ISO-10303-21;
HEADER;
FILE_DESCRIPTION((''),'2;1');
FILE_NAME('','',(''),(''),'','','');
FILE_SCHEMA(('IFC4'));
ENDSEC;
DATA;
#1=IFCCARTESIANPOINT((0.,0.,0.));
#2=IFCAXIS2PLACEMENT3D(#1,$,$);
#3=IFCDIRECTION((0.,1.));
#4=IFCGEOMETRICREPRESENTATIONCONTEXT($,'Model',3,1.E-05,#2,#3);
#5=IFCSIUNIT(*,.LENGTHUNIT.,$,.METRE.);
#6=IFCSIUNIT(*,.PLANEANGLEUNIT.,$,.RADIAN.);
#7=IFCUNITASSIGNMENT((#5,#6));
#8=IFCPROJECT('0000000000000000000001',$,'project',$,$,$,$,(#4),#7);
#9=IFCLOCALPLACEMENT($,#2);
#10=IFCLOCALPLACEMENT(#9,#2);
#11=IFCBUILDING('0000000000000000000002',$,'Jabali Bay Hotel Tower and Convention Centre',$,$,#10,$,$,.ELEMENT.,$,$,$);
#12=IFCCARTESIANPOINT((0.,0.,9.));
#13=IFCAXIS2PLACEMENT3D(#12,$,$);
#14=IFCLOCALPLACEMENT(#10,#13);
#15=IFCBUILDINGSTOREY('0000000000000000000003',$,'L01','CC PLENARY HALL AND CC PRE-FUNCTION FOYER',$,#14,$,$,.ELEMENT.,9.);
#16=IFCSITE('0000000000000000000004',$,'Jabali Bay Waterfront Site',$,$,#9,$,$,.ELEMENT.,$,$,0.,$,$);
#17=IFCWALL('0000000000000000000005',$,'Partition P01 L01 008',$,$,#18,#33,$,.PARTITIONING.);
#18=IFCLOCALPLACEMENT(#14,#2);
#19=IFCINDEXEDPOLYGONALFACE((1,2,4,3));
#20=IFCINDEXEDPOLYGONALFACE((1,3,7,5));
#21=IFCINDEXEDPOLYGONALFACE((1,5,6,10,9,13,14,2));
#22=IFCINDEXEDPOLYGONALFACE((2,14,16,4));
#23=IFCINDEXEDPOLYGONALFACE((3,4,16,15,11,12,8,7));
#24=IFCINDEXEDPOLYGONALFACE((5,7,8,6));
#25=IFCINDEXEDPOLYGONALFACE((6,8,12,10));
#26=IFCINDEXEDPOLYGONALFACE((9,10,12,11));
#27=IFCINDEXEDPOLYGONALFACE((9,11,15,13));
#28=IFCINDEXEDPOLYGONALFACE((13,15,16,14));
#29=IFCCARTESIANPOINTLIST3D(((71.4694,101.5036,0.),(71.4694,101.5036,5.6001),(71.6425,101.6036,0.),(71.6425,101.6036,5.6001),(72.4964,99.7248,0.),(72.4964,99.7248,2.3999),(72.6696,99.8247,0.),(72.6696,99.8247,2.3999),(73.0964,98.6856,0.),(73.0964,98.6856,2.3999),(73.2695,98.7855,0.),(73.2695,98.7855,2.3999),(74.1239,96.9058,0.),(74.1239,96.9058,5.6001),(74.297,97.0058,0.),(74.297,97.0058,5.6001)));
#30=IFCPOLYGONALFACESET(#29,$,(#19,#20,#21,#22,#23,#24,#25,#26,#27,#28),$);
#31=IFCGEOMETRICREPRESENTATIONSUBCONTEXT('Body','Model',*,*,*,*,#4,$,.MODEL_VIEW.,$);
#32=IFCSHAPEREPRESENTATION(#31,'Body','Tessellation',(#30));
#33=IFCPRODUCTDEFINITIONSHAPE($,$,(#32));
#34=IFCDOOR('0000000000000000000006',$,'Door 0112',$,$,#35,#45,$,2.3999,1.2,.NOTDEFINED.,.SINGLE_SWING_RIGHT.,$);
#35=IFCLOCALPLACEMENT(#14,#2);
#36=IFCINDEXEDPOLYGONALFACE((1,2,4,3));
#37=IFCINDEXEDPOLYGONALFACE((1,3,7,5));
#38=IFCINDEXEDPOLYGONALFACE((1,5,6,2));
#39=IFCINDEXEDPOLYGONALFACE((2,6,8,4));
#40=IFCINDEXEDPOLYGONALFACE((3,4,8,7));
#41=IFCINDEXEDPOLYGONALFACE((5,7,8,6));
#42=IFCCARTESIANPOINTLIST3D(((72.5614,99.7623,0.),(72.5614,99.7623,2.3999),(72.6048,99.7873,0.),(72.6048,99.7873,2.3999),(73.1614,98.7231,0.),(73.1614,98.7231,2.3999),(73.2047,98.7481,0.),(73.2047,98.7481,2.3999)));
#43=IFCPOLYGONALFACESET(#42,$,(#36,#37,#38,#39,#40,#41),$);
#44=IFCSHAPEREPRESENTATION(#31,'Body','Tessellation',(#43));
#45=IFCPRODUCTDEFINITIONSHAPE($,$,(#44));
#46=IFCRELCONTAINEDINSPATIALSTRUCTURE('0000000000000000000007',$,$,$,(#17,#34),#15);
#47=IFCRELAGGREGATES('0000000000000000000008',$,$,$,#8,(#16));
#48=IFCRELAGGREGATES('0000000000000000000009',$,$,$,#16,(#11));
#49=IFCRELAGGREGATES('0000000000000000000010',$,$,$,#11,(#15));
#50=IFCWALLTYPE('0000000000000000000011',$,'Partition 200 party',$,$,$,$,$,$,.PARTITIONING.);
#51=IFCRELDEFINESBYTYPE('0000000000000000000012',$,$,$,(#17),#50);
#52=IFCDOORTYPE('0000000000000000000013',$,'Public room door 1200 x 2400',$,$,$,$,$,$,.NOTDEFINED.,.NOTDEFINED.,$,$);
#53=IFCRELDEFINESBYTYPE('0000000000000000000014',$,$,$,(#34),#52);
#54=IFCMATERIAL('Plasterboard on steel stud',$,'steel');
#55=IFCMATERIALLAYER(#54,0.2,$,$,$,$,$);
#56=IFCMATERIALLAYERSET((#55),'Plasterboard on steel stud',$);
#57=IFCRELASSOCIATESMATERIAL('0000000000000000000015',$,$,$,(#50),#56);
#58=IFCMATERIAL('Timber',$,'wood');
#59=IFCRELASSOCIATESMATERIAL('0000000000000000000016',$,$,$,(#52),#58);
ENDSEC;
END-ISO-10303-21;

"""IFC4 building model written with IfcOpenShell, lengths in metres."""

from ifc_helpers import new_model, si_unit, direction, frame, frame_2d, origin, place, context, subcontext, project, spatial, rectangle, extrude, material, layer, layer_set, type_object, element, fill, save


model = new_model("IFC4")

# Units and contexts
model_context = context("Model", 3, precision=1e-05, world=origin(), true_north=direction((0.0, 1.0)))
body_context = subcontext(model_context, "Body", "Model", "MODEL_VIEW")
ifc_project = project(units=[si_unit("LENGTHUNIT", "METRE"), si_unit("PLANEANGLEUNIT", "RADIAN")], contexts=[model_context])

# Site, building, storey
site_placement = place(None, origin())
site = spatial("IfcSite", under=ifc_project, at=site_placement, Name="Jabali Bay Waterfront Site", CompositionType="ELEMENT", RefElevation=0.0)
building_placement = place(site_placement, origin())
building = spatial("IfcBuilding", under=site, at=building_placement, Name="Jabali Bay Hotel Tower and Convention Centre", CompositionType="ELEMENT")
storey_placement = place(building_placement, frame((0.0, 0.0, 9.0)))
storey = spatial("IfcBuildingStorey", under=building, at=storey_placement, Name="L01", Description="CC PLENARY HALL AND CC PRE-FUNCTION FOYER", CompositionType="ELEMENT", Elevation=9.0)

# Shared definitions
ifc_material_1 = material(Name="Plasterboard on steel stud", Category="steel")

# Shared definitions
ifc_material_2 = material(Name="Timber", Category="wood")

# Wall, opening, door
ifc_layer_1 = layer(ifc_material_1, 0.2)
ifc_layer_set_1 = layer_set([ifc_layer_1], Name="Plasterboard on steel stud")
wall_type_1 = type_object("IfcWallType", Name="Partition 200 party", PredefinedType="PARTITIONING", material=ifc_layer_set_1)
wall_1_placement = place(storey_placement, frame((74.2104, 96.9558, 0.0), z_axis=(0.0, 0.0, 1.0), x_axis=(-0.499992, 0.86603, 0.0)))
wall_1 = element("IfcWall", 1, at=wall_1_placement, inside=storey, type_object=wall_type_1, Name="Partition P01 L01 008", PredefinedType="PARTITIONING", context=body_context, shape_type="SweptSolid", body=[
    extrude(rectangle(XDim=5.3091, YDim=0.2, at=frame_2d((2.6545, 0.0))), origin(), (0.0, 0.0, 1.0), 5.6001),
])
opening_1_placement = place(wall_1_placement, frame((2.0549, 0.0, 0.0)))
opening_1 = element("IfcOpeningElement", 2, at=opening_1_placement, cuts=wall_1, PredefinedType="OPENING", context=body_context, shape_type="SweptSolid", body=[
    extrude(rectangle(XDim=1.2, YDim=2.3999, at=frame_2d((0.6001, 1.2))), frame((0.0, 0.1104, 0.0), z_axis=(0.0, -1.0, 0.0), x_axis=(1.0, 0.0, 0.0)), (0.0, 0.0, 1.0), 0.2209),
])
door_type_1 = type_object("IfcDoorType", Name="Public room door 1200 x 2400", OperationType="NOTDEFINED", PredefinedType="NOTDEFINED", material=ifc_material_2)
door_1_placement = place(opening_1_placement, origin())
door_1 = element("IfcDoor", 3, at=door_1_placement, inside=storey, type_object=door_type_1, Name="Door 0112", OperationType="SINGLE_SWING_RIGHT", OverallHeight=2.3999, OverallWidth=1.2, PredefinedType="NOTDEFINED", context=body_context, shape_type="SweptSolid", body=[
    extrude(rectangle(XDim=1.2, YDim=2.3999, at=frame_2d((0.6001, 1.2))), frame((0.0, 0.0249, 0.0), z_axis=(0.0, -1.0, 0.0), x_axis=(1.0, 0.0, 0.0)), (0.0, 0.0, 1.0), 0.05),
])
fill(opening_1, door_1)

save(model, "model.ifc")
